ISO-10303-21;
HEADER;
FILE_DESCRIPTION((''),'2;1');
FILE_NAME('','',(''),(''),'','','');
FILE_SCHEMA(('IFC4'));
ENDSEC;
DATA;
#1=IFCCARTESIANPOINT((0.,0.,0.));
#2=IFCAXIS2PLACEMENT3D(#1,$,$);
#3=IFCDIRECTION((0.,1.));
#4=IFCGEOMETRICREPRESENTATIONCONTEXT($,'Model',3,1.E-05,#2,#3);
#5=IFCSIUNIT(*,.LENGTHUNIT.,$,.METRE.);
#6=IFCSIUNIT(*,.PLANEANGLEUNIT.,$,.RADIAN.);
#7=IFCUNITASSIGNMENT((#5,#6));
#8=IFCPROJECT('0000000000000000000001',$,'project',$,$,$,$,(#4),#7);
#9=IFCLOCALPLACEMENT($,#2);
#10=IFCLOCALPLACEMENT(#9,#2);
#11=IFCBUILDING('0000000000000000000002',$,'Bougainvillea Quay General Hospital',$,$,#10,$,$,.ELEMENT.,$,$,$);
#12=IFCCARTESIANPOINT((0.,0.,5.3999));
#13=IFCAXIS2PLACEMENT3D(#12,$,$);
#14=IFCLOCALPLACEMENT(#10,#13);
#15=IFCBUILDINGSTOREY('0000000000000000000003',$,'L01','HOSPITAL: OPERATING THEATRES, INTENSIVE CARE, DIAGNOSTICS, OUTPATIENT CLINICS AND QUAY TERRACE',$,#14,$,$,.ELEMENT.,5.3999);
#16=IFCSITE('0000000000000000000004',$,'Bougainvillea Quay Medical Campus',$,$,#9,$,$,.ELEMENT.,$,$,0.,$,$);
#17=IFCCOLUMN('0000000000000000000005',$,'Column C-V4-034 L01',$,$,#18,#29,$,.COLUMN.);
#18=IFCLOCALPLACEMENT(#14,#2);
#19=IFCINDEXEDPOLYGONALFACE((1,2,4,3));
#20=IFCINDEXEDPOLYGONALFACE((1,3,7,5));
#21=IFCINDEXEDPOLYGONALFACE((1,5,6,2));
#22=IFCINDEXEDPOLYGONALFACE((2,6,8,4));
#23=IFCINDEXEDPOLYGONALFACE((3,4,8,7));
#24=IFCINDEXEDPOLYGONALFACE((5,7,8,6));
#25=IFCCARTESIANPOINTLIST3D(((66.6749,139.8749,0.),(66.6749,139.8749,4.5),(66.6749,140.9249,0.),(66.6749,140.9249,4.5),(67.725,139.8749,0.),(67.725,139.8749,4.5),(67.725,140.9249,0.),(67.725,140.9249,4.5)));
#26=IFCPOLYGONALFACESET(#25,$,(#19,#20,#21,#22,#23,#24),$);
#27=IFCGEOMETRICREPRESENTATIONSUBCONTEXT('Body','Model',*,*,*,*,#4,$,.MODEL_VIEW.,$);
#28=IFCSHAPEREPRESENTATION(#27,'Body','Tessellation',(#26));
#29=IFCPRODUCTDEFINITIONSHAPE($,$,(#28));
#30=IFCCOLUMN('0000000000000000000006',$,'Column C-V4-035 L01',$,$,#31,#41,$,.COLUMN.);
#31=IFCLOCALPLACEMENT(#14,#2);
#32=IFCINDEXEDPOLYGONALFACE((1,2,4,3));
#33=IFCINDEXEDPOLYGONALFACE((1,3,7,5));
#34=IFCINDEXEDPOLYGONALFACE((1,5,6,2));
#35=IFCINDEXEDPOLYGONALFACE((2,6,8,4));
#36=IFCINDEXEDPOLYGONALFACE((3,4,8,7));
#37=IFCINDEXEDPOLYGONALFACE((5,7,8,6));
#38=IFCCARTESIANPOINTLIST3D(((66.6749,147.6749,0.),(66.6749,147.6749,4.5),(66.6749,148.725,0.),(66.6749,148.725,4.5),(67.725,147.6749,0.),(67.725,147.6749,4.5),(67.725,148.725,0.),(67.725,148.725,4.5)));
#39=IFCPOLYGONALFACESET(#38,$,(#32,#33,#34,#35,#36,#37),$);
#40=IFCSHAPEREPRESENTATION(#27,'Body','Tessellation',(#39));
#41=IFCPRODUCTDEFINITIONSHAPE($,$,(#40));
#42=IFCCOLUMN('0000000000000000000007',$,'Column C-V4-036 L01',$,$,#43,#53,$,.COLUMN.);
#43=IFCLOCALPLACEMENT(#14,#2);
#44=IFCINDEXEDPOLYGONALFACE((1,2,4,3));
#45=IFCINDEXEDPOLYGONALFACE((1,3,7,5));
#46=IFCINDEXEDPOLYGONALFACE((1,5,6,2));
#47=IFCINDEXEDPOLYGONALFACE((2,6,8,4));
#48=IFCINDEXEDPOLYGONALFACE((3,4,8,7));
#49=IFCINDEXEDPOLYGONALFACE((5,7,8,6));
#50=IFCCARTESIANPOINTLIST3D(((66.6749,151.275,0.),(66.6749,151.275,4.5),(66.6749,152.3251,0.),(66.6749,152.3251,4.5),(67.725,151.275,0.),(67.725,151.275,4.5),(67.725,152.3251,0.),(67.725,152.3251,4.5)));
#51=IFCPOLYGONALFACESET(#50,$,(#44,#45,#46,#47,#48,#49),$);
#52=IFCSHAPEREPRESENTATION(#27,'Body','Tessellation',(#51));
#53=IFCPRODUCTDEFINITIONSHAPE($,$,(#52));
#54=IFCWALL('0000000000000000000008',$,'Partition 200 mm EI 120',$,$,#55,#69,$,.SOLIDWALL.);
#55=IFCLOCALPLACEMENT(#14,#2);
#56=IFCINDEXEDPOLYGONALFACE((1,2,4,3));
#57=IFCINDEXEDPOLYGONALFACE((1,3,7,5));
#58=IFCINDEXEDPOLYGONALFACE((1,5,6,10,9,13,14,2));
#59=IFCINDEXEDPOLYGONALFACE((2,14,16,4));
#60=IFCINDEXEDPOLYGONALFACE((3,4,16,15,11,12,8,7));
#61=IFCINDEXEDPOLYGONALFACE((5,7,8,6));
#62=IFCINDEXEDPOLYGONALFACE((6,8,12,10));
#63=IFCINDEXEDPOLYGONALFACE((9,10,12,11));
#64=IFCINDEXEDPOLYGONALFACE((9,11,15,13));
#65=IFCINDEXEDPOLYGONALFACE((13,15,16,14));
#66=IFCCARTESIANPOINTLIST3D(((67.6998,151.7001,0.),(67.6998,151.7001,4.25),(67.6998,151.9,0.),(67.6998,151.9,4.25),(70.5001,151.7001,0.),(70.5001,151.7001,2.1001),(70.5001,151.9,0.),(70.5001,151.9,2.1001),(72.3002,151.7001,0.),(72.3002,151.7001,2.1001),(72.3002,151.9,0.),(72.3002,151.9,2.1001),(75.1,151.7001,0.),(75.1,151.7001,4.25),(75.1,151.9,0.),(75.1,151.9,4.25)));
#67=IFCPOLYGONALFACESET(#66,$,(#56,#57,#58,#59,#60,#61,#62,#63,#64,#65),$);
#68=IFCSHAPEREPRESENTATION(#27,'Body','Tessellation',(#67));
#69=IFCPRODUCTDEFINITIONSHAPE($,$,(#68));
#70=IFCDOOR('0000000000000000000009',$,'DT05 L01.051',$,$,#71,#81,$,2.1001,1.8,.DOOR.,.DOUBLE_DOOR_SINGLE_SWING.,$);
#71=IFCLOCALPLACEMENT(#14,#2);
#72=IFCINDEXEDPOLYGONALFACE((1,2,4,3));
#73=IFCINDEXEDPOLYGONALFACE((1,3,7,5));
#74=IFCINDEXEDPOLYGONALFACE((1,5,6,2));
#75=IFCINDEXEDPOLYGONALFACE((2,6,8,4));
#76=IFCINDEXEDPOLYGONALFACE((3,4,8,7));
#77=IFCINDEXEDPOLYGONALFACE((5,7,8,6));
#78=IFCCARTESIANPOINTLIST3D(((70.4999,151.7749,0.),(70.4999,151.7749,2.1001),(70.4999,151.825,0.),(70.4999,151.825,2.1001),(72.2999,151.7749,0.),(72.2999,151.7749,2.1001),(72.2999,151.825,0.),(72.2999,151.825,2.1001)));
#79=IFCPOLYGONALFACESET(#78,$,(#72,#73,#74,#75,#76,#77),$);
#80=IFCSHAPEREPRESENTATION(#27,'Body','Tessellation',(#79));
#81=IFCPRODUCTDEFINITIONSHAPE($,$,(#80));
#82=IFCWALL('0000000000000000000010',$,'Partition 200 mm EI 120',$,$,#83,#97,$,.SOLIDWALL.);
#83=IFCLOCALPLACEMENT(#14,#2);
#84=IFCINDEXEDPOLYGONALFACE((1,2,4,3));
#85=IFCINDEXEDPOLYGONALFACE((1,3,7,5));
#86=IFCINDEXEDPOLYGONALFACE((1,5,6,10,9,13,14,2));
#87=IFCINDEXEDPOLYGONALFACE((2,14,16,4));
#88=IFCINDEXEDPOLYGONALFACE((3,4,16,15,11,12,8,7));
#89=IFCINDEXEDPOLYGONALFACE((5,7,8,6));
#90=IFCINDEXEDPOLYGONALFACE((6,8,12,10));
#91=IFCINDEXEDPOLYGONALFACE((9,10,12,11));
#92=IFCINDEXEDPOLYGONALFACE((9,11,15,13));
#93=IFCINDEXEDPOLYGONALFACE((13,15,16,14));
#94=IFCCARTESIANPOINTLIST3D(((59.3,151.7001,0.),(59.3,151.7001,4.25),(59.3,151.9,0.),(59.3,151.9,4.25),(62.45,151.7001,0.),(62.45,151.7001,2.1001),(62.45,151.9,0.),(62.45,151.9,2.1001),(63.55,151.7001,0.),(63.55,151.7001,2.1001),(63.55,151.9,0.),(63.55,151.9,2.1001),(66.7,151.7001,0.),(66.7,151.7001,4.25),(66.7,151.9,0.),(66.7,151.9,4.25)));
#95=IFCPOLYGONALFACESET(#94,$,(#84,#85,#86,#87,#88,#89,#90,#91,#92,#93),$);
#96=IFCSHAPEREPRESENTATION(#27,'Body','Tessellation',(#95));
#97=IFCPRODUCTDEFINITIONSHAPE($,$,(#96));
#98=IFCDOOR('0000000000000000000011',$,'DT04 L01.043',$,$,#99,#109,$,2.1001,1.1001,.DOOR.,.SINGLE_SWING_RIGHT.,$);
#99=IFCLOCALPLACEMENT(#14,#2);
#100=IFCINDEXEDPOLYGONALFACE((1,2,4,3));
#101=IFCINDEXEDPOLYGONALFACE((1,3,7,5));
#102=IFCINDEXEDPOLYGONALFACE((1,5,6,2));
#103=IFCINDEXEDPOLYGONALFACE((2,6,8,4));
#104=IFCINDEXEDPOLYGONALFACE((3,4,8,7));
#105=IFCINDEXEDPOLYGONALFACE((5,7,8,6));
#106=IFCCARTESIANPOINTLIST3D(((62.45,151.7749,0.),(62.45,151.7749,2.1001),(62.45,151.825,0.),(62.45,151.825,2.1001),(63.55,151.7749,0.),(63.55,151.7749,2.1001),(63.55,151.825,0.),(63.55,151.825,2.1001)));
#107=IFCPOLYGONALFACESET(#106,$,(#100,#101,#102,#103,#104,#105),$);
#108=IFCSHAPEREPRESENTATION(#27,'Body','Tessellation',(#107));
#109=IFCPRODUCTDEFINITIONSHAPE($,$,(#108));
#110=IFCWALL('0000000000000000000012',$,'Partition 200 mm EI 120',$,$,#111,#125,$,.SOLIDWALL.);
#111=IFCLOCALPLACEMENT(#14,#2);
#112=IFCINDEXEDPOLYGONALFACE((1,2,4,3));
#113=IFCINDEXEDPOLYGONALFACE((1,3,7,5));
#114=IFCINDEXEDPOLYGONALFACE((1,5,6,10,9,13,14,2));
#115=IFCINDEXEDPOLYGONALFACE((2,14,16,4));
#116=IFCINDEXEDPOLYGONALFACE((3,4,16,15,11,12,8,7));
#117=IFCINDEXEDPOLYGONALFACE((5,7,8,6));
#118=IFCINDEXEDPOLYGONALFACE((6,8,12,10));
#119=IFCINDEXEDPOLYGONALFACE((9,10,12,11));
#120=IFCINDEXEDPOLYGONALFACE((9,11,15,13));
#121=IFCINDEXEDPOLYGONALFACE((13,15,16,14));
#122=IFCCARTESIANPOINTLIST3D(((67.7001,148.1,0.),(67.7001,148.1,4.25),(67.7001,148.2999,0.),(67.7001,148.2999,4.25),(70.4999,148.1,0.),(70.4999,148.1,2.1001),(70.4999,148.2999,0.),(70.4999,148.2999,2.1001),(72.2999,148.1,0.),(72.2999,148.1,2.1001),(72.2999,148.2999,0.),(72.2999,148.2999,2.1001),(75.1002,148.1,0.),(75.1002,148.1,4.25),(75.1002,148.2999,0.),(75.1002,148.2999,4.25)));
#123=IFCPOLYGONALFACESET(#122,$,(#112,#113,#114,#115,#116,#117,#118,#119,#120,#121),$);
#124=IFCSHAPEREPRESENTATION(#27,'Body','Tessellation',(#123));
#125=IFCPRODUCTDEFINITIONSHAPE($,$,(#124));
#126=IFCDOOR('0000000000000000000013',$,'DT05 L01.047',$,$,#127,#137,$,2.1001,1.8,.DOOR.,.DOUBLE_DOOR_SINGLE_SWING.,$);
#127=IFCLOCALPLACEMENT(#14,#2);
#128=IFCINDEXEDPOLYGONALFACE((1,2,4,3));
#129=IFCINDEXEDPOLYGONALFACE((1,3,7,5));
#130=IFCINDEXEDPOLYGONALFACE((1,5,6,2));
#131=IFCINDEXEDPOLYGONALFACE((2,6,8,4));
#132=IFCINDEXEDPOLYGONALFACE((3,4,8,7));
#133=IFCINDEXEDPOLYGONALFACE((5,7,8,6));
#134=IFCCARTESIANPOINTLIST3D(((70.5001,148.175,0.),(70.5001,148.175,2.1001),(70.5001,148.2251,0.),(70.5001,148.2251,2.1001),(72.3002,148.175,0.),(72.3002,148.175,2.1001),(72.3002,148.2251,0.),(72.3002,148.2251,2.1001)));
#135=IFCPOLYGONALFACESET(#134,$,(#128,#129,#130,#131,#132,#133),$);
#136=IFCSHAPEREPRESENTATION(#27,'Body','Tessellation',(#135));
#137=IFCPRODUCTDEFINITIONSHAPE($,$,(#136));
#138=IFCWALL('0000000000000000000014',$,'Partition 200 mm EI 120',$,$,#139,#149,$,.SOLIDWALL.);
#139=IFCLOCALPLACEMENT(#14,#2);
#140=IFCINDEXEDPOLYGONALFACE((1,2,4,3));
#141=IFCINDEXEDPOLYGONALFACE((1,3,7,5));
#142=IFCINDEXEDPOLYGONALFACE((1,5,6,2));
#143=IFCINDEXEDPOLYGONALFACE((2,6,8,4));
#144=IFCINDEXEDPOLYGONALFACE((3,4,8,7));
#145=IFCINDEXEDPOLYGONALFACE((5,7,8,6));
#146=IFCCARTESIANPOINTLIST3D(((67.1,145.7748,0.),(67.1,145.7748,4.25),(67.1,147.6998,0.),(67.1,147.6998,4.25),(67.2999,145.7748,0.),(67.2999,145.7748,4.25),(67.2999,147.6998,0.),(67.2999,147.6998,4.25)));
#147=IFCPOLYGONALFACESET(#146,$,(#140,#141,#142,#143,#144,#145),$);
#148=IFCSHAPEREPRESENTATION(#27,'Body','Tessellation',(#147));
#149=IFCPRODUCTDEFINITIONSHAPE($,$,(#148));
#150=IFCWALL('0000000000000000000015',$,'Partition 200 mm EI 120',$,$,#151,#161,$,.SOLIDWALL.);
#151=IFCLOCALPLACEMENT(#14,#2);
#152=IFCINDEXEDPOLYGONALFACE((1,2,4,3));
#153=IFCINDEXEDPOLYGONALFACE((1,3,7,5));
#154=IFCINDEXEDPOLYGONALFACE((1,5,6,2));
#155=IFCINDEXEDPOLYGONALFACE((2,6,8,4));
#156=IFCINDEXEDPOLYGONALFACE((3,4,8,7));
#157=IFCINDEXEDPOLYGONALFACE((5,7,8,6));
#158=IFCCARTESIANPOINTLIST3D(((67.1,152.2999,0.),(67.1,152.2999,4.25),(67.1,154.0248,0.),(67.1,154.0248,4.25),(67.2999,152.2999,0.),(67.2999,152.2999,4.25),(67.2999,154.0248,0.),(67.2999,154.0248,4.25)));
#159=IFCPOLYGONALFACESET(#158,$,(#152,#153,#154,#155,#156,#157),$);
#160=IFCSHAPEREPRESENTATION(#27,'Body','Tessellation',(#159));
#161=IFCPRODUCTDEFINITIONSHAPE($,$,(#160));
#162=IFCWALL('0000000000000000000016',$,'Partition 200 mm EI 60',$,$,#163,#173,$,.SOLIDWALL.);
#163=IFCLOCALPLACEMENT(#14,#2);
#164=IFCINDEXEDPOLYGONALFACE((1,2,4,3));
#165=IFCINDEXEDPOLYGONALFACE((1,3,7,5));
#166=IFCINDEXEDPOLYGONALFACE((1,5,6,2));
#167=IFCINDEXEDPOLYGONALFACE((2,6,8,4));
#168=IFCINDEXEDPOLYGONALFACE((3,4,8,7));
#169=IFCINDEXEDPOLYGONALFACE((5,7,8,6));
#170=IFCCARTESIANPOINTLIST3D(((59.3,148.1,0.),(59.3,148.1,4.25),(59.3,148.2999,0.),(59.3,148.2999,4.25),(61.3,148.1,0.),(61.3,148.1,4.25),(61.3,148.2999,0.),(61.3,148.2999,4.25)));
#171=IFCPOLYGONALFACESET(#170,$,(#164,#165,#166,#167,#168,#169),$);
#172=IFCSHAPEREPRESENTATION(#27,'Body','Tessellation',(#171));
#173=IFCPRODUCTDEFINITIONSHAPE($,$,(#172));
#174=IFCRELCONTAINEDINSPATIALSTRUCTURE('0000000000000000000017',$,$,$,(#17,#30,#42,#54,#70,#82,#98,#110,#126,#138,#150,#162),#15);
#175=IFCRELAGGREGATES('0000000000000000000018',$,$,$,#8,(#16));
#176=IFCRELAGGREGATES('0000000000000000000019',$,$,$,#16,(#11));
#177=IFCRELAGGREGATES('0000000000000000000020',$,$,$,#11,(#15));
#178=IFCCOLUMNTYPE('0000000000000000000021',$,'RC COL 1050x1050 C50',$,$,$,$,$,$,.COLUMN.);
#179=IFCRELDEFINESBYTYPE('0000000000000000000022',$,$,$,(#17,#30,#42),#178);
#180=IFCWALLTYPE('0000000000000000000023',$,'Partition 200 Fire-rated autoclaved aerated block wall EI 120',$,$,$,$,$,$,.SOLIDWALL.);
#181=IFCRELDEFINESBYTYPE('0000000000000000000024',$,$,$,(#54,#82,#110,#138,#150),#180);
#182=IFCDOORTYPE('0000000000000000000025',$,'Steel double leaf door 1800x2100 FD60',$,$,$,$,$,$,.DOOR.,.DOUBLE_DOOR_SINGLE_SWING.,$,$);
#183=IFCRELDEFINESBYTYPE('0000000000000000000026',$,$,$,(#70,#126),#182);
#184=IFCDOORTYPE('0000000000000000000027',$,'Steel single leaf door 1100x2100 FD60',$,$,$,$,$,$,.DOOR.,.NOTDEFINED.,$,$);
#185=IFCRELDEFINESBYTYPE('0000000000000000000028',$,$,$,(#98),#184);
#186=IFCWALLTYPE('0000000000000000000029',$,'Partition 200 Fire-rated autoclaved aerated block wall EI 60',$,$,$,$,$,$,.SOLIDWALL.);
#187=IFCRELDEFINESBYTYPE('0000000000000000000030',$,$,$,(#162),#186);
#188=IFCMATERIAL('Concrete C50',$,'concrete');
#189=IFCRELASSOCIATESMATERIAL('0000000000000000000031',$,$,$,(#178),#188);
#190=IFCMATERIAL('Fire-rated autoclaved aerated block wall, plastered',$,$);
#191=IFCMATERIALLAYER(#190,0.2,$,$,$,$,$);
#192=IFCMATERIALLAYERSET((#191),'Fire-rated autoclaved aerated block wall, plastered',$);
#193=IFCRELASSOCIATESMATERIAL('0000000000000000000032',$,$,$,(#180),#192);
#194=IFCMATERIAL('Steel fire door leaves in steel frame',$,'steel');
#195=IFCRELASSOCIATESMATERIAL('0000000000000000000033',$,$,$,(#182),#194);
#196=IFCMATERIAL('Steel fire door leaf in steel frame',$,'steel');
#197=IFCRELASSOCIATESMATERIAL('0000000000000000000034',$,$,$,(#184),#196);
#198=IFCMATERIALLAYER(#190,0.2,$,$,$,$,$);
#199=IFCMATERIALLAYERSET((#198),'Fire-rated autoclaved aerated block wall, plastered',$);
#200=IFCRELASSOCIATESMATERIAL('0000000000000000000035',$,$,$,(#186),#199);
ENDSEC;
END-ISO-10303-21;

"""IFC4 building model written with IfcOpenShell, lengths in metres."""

from ifc_helpers import new_model, si_unit, direction, frame, frame_2d, origin, origin_2d, place, context, subcontext, project, spatial, rectangle, extrude, material, layer, layer_set, material_profile, profile_set, type_object, element, fill, save


model = new_model("IFC4")

# Units and contexts
model_context = context("Model", 3, precision=1e-05, world=origin(), true_north=direction((0.0, 1.0)))
body_context = subcontext(model_context, "Body", "Model", "MODEL_VIEW")
ifc_project = project(units=[si_unit("LENGTHUNIT", "METRE"), si_unit("PLANEANGLEUNIT", "RADIAN")], contexts=[model_context])

# Site, building, storey
site_placement = place(None, origin())
site = spatial("IfcSite", under=ifc_project, at=site_placement, Name="Bougainvillea Quay Medical Campus", CompositionType="ELEMENT", RefElevation=0.0)
building_placement = place(site_placement, origin())
building = spatial("IfcBuilding", under=site, at=building_placement, Name="Bougainvillea Quay General Hospital", CompositionType="ELEMENT")
storey_placement = place(building_placement, frame((0.0, 0.0, 5.3999)))
storey = spatial("IfcBuildingStorey", under=building, at=storey_placement, Name="L01", Description="HOSPITAL: OPERATING THEATRES, INTENSIVE CARE, DIAGNOSTICS, OUTPATIENT CLINICS AND QUAY TERRACE", CompositionType="ELEMENT", Elevation=5.3999)

# Columns
ifc_material_1 = material(Name="Concrete C50", Category="concrete")
ifc_material_profile = material_profile(ifc_material_1, rectangle(XDim=1.05, YDim=1.05, at=origin_2d()))
ifc_profile_set = profile_set([ifc_material_profile], Name="Concrete C50")
column_type = type_object("IfcColumnType", Name="RC COL 1050x1050 C50", PredefinedType="COLUMN", material=ifc_profile_set)
for number, where, z_axis, x_axis, name in (
    (1, (67.2, 140.3999, 0.0), (0.0, 0.0, 1.0), (1.0, 0.0, 0.0), "Column C-V4-034 L01"),
    (2, (67.2, 148.2, 0.0), (0.0, 0.0, 1.0), (1.0, 0.0, 0.0), "Column C-V4-035 L01"),
    (3, (67.2, 151.8, 0.0), (0.0, 0.0, 1.0), (1.0, 0.0, 0.0), "Column C-V4-036 L01"),
):
    element("IfcColumn", number, at=place(storey_placement, frame(where, z_axis=z_axis, x_axis=x_axis)), inside=storey, type_object=column_type, Name=name, PredefinedType="COLUMN", context=body_context, shape_type="SweptSolid", body=[
        extrude(rectangle(XDim=1.05, YDim=1.05, at=origin_2d()), origin(), (0.0, 0.0, 1.0), 4.5),
    ])

# Walls, openings, doors
ifc_material_2 = material(Name="Fire-rated autoclaved aerated block wall, plastered")
ifc_layer_1 = layer(ifc_material_2, 0.2)
ifc_layer_set_1 = layer_set([ifc_layer_1], Name="Fire-rated autoclaved aerated block wall, plastered")
wall_type_1 = type_object("IfcWallType", Name="Partition 200 Fire-rated autoclaved aerated block wall EI 120", PredefinedType="SOLIDWALL", material=ifc_layer_set_1)
wall_1_placement = place(storey_placement, frame((75.1001, 151.8, 0.0), z_axis=(0.0, 0.0, 1.0), x_axis=(-1.0, 0.0, 0.0)))
wall_1 = element("IfcWall", 4, at=wall_1_placement, inside=storey, type_object=wall_type_1, Name="Partition 200 mm EI 120", PredefinedType="SOLIDWALL", context=body_context, shape_type="SweptSolid", body=[
    extrude(rectangle(XDim=7.4001, YDim=0.2, at=frame_2d((3.7002, 0.0))), origin(), (0.0, 0.0, 1.0), 4.25),
])
opening_1_placement = place(wall_1_placement, frame((2.8, 0.0, 0.0)))
opening_1 = element("IfcOpeningElement", 5, at=opening_1_placement, cuts=wall_1, PredefinedType="OPENING", context=body_context, shape_type="SweptSolid", body=[
    extrude(rectangle(XDim=1.8, YDim=2.1001, at=frame_2d((0.8999, 1.05))), frame((0.0, 0.1099, 0.0), z_axis=(0.0, -1.0, 0.0), x_axis=(1.0, 0.0, 0.0)), (0.0, 0.0, 1.0), 0.22),
])
ifc_material_3 = material(Name="Steel fire door leaves in steel frame", Category="steel")
door_type_1 = type_object("IfcDoorType", Name="Steel double leaf door 1800x2100 FD60", OperationType="DOUBLE_DOOR_SINGLE_SWING", PredefinedType="DOOR", material=ifc_material_3)
door_1_placement = place(opening_1_placement, frame((1.8, 0.0, 0.0), z_axis=(0.0, 0.0, 1.0), x_axis=(-1.0, 0.0, 0.0)))
door_1 = element("IfcDoor", 6, at=door_1_placement, inside=storey, type_object=door_type_1, Name="DT05 L01.051", OperationType="DOUBLE_DOOR_SINGLE_SWING", OverallHeight=2.1001, OverallWidth=1.8, PredefinedType="DOOR", context=body_context, shape_type="SweptSolid", body=[
    extrude(rectangle(XDim=1.8, YDim=2.1001, at=frame_2d((0.8999, 1.05))), frame((0.0, 0.0249, 0.0), z_axis=(0.0, -1.0, 0.0), x_axis=(1.0, 0.0, 0.0)), (0.0, 0.0, 1.0), 0.05),
])
fill(opening_1, door_1)
wall_2_placement = place(storey_placement, frame((66.7, 151.8, 0.0), z_axis=(0.0, 0.0, 1.0), x_axis=(-1.0, 0.0, 0.0)))
wall_2 = element("IfcWall", 7, at=wall_2_placement, inside=storey, type_object=wall_type_1, Name="Partition 200 mm EI 120", PredefinedType="SOLIDWALL", context=body_context, shape_type="SweptSolid", body=[
    extrude(rectangle(XDim=7.3999, YDim=0.2, at=frame_2d((3.7, 0.0))), origin(), (0.0, 0.0, 1.0), 4.25),
])
opening_2_placement = place(wall_2_placement, frame((3.1499, 0.0, 0.0)))
opening_2 = element("IfcOpeningElement", 8, at=opening_2_placement, cuts=wall_2, PredefinedType="OPENING", context=body_context, shape_type="SweptSolid", body=[
    extrude(rectangle(XDim=1.1001, YDim=2.1001, at=frame_2d((0.55, 1.05))), frame((0.0, 0.1099, 0.0), z_axis=(0.0, -1.0, 0.0), x_axis=(1.0, 0.0, 0.0)), (0.0, 0.0, 1.0), 0.22),
])
ifc_material_4 = material(Name="Steel fire door leaf in steel frame", Category="steel")
door_type_2 = type_object("IfcDoorType", Name="Steel single leaf door 1100x2100 FD60", OperationType="NOTDEFINED", PredefinedType="DOOR", material=ifc_material_4)
door_2_placement = place(opening_2_placement, frame((1.1001, 0.0, 0.0), z_axis=(0.0, 0.0, 1.0), x_axis=(-1.0, 0.0, 0.0)))
door_2 = element("IfcDoor", 9, at=door_2_placement, inside=storey, type_object=door_type_2, Name="DT04 L01.043", OperationType="SINGLE_SWING_RIGHT", OverallHeight=2.1001, OverallWidth=1.1001, PredefinedType="DOOR", context=body_context, shape_type="SweptSolid", body=[
    extrude(rectangle(XDim=1.1001, YDim=2.1001, at=frame_2d((0.55, 1.05))), frame((0.0, 0.0249, 0.0), z_axis=(0.0, -1.0, 0.0), x_axis=(1.0, 0.0, 0.0)), (0.0, 0.0, 1.0), 0.05),
])
fill(opening_2, door_2)
wall_3_placement = place(storey_placement, frame((67.7, 148.2, 0.0), z_axis=(0.0, 0.0, 1.0), x_axis=(1.0, 0.0, 0.0)))
wall_3 = element("IfcWall", 10, at=wall_3_placement, inside=storey, type_object=wall_type_1, Name="Partition 200 mm EI 120", PredefinedType="SOLIDWALL", context=body_context, shape_type="SweptSolid", body=[
    extrude(rectangle(XDim=7.4001, YDim=0.2, at=frame_2d((3.7002, 0.0))), origin(), (0.0, 0.0, 1.0), 4.25),
])
opening_3_placement = place(wall_3_placement, frame((2.8, 0.0, 0.0)))
opening_3 = element("IfcOpeningElement", 11, at=opening_3_placement, cuts=wall_3, PredefinedType="OPENING", context=body_context, shape_type="SweptSolid", body=[
    extrude(rectangle(XDim=1.8, YDim=2.1001, at=frame_2d((0.8999, 1.05))), frame((0.0, 0.1099, 0.0), z_axis=(0.0, -1.0, 0.0), x_axis=(1.0, 0.0, 0.0)), (0.0, 0.0, 1.0), 0.22),
])
door_3_placement = place(opening_3_placement, frame((1.8, 0.0, 0.0), z_axis=(0.0, 0.0, 1.0), x_axis=(-1.0, 0.0, 0.0)))
door_3 = element("IfcDoor", 12, at=door_3_placement, inside=storey, type_object=door_type_1, Name="DT05 L01.047", OperationType="DOUBLE_DOOR_SINGLE_SWING", OverallHeight=2.1001, OverallWidth=1.8, PredefinedType="DOOR", context=body_context, shape_type="SweptSolid", body=[
    extrude(rectangle(XDim=1.8, YDim=2.1001, at=frame_2d((0.8999, 1.05))), frame((0.0, 0.0249, 0.0), z_axis=(0.0, -1.0, 0.0), x_axis=(1.0, 0.0, 0.0)), (0.0, 0.0, 1.0), 0.05),
])
fill(opening_3, door_3)

# Walls
wall_4_placement = place(storey_placement, frame((67.2, 145.7749, 0.0), z_axis=(0.0, 0.0, 1.0), x_axis=(0.0, 1.0, 0.0)))
element("IfcWall", 13, at=wall_4_placement, inside=storey, type_object=wall_type_1, Name="Partition 200 mm EI 120", PredefinedType="SOLIDWALL", context=body_context, shape_type="SweptSolid", body=[
    extrude(rectangle(XDim=1.925, YDim=0.2, at=frame_2d((0.9624, 0.0))), origin(), (0.0, 0.0, 1.0), 4.25),
])
wall_5_placement = place(storey_placement, frame((67.2, 152.3, 0.0), z_axis=(0.0, 0.0, 1.0), x_axis=(0.0, 1.0, 0.0)))
element("IfcWall", 14, at=wall_5_placement, inside=storey, type_object=wall_type_1, Name="Partition 200 mm EI 120", PredefinedType="SOLIDWALL", context=body_context, shape_type="SweptSolid", body=[
    extrude(rectangle(XDim=1.7249, YDim=0.2, at=frame_2d((0.8623, 0.0))), origin(), (0.0, 0.0, 1.0), 4.25),
])
ifc_layer_2 = layer(ifc_material_2, 0.2)
ifc_layer_set_2 = layer_set([ifc_layer_2], Name="Fire-rated autoclaved aerated block wall, plastered")
wall_type_2 = type_object("IfcWallType", Name="Partition 200 Fire-rated autoclaved aerated block wall EI 60", PredefinedType="SOLIDWALL", material=ifc_layer_set_2)
wall_6_placement = place(storey_placement, frame((59.3, 148.2, 0.0), z_axis=(0.0, 0.0, 1.0), x_axis=(1.0, 0.0, 0.0)))
element("IfcWall", 15, at=wall_6_placement, inside=storey, type_object=wall_type_2, Name="Partition 200 mm EI 60", PredefinedType="SOLIDWALL", context=body_context, shape_type="SweptSolid", body=[
    extrude(rectangle(XDim=2.0, YDim=0.2, at=frame_2d((1.0, 0.0))), origin(), (0.0, 0.0, 1.0), 4.25),
])

save(model, "model.ifc")
